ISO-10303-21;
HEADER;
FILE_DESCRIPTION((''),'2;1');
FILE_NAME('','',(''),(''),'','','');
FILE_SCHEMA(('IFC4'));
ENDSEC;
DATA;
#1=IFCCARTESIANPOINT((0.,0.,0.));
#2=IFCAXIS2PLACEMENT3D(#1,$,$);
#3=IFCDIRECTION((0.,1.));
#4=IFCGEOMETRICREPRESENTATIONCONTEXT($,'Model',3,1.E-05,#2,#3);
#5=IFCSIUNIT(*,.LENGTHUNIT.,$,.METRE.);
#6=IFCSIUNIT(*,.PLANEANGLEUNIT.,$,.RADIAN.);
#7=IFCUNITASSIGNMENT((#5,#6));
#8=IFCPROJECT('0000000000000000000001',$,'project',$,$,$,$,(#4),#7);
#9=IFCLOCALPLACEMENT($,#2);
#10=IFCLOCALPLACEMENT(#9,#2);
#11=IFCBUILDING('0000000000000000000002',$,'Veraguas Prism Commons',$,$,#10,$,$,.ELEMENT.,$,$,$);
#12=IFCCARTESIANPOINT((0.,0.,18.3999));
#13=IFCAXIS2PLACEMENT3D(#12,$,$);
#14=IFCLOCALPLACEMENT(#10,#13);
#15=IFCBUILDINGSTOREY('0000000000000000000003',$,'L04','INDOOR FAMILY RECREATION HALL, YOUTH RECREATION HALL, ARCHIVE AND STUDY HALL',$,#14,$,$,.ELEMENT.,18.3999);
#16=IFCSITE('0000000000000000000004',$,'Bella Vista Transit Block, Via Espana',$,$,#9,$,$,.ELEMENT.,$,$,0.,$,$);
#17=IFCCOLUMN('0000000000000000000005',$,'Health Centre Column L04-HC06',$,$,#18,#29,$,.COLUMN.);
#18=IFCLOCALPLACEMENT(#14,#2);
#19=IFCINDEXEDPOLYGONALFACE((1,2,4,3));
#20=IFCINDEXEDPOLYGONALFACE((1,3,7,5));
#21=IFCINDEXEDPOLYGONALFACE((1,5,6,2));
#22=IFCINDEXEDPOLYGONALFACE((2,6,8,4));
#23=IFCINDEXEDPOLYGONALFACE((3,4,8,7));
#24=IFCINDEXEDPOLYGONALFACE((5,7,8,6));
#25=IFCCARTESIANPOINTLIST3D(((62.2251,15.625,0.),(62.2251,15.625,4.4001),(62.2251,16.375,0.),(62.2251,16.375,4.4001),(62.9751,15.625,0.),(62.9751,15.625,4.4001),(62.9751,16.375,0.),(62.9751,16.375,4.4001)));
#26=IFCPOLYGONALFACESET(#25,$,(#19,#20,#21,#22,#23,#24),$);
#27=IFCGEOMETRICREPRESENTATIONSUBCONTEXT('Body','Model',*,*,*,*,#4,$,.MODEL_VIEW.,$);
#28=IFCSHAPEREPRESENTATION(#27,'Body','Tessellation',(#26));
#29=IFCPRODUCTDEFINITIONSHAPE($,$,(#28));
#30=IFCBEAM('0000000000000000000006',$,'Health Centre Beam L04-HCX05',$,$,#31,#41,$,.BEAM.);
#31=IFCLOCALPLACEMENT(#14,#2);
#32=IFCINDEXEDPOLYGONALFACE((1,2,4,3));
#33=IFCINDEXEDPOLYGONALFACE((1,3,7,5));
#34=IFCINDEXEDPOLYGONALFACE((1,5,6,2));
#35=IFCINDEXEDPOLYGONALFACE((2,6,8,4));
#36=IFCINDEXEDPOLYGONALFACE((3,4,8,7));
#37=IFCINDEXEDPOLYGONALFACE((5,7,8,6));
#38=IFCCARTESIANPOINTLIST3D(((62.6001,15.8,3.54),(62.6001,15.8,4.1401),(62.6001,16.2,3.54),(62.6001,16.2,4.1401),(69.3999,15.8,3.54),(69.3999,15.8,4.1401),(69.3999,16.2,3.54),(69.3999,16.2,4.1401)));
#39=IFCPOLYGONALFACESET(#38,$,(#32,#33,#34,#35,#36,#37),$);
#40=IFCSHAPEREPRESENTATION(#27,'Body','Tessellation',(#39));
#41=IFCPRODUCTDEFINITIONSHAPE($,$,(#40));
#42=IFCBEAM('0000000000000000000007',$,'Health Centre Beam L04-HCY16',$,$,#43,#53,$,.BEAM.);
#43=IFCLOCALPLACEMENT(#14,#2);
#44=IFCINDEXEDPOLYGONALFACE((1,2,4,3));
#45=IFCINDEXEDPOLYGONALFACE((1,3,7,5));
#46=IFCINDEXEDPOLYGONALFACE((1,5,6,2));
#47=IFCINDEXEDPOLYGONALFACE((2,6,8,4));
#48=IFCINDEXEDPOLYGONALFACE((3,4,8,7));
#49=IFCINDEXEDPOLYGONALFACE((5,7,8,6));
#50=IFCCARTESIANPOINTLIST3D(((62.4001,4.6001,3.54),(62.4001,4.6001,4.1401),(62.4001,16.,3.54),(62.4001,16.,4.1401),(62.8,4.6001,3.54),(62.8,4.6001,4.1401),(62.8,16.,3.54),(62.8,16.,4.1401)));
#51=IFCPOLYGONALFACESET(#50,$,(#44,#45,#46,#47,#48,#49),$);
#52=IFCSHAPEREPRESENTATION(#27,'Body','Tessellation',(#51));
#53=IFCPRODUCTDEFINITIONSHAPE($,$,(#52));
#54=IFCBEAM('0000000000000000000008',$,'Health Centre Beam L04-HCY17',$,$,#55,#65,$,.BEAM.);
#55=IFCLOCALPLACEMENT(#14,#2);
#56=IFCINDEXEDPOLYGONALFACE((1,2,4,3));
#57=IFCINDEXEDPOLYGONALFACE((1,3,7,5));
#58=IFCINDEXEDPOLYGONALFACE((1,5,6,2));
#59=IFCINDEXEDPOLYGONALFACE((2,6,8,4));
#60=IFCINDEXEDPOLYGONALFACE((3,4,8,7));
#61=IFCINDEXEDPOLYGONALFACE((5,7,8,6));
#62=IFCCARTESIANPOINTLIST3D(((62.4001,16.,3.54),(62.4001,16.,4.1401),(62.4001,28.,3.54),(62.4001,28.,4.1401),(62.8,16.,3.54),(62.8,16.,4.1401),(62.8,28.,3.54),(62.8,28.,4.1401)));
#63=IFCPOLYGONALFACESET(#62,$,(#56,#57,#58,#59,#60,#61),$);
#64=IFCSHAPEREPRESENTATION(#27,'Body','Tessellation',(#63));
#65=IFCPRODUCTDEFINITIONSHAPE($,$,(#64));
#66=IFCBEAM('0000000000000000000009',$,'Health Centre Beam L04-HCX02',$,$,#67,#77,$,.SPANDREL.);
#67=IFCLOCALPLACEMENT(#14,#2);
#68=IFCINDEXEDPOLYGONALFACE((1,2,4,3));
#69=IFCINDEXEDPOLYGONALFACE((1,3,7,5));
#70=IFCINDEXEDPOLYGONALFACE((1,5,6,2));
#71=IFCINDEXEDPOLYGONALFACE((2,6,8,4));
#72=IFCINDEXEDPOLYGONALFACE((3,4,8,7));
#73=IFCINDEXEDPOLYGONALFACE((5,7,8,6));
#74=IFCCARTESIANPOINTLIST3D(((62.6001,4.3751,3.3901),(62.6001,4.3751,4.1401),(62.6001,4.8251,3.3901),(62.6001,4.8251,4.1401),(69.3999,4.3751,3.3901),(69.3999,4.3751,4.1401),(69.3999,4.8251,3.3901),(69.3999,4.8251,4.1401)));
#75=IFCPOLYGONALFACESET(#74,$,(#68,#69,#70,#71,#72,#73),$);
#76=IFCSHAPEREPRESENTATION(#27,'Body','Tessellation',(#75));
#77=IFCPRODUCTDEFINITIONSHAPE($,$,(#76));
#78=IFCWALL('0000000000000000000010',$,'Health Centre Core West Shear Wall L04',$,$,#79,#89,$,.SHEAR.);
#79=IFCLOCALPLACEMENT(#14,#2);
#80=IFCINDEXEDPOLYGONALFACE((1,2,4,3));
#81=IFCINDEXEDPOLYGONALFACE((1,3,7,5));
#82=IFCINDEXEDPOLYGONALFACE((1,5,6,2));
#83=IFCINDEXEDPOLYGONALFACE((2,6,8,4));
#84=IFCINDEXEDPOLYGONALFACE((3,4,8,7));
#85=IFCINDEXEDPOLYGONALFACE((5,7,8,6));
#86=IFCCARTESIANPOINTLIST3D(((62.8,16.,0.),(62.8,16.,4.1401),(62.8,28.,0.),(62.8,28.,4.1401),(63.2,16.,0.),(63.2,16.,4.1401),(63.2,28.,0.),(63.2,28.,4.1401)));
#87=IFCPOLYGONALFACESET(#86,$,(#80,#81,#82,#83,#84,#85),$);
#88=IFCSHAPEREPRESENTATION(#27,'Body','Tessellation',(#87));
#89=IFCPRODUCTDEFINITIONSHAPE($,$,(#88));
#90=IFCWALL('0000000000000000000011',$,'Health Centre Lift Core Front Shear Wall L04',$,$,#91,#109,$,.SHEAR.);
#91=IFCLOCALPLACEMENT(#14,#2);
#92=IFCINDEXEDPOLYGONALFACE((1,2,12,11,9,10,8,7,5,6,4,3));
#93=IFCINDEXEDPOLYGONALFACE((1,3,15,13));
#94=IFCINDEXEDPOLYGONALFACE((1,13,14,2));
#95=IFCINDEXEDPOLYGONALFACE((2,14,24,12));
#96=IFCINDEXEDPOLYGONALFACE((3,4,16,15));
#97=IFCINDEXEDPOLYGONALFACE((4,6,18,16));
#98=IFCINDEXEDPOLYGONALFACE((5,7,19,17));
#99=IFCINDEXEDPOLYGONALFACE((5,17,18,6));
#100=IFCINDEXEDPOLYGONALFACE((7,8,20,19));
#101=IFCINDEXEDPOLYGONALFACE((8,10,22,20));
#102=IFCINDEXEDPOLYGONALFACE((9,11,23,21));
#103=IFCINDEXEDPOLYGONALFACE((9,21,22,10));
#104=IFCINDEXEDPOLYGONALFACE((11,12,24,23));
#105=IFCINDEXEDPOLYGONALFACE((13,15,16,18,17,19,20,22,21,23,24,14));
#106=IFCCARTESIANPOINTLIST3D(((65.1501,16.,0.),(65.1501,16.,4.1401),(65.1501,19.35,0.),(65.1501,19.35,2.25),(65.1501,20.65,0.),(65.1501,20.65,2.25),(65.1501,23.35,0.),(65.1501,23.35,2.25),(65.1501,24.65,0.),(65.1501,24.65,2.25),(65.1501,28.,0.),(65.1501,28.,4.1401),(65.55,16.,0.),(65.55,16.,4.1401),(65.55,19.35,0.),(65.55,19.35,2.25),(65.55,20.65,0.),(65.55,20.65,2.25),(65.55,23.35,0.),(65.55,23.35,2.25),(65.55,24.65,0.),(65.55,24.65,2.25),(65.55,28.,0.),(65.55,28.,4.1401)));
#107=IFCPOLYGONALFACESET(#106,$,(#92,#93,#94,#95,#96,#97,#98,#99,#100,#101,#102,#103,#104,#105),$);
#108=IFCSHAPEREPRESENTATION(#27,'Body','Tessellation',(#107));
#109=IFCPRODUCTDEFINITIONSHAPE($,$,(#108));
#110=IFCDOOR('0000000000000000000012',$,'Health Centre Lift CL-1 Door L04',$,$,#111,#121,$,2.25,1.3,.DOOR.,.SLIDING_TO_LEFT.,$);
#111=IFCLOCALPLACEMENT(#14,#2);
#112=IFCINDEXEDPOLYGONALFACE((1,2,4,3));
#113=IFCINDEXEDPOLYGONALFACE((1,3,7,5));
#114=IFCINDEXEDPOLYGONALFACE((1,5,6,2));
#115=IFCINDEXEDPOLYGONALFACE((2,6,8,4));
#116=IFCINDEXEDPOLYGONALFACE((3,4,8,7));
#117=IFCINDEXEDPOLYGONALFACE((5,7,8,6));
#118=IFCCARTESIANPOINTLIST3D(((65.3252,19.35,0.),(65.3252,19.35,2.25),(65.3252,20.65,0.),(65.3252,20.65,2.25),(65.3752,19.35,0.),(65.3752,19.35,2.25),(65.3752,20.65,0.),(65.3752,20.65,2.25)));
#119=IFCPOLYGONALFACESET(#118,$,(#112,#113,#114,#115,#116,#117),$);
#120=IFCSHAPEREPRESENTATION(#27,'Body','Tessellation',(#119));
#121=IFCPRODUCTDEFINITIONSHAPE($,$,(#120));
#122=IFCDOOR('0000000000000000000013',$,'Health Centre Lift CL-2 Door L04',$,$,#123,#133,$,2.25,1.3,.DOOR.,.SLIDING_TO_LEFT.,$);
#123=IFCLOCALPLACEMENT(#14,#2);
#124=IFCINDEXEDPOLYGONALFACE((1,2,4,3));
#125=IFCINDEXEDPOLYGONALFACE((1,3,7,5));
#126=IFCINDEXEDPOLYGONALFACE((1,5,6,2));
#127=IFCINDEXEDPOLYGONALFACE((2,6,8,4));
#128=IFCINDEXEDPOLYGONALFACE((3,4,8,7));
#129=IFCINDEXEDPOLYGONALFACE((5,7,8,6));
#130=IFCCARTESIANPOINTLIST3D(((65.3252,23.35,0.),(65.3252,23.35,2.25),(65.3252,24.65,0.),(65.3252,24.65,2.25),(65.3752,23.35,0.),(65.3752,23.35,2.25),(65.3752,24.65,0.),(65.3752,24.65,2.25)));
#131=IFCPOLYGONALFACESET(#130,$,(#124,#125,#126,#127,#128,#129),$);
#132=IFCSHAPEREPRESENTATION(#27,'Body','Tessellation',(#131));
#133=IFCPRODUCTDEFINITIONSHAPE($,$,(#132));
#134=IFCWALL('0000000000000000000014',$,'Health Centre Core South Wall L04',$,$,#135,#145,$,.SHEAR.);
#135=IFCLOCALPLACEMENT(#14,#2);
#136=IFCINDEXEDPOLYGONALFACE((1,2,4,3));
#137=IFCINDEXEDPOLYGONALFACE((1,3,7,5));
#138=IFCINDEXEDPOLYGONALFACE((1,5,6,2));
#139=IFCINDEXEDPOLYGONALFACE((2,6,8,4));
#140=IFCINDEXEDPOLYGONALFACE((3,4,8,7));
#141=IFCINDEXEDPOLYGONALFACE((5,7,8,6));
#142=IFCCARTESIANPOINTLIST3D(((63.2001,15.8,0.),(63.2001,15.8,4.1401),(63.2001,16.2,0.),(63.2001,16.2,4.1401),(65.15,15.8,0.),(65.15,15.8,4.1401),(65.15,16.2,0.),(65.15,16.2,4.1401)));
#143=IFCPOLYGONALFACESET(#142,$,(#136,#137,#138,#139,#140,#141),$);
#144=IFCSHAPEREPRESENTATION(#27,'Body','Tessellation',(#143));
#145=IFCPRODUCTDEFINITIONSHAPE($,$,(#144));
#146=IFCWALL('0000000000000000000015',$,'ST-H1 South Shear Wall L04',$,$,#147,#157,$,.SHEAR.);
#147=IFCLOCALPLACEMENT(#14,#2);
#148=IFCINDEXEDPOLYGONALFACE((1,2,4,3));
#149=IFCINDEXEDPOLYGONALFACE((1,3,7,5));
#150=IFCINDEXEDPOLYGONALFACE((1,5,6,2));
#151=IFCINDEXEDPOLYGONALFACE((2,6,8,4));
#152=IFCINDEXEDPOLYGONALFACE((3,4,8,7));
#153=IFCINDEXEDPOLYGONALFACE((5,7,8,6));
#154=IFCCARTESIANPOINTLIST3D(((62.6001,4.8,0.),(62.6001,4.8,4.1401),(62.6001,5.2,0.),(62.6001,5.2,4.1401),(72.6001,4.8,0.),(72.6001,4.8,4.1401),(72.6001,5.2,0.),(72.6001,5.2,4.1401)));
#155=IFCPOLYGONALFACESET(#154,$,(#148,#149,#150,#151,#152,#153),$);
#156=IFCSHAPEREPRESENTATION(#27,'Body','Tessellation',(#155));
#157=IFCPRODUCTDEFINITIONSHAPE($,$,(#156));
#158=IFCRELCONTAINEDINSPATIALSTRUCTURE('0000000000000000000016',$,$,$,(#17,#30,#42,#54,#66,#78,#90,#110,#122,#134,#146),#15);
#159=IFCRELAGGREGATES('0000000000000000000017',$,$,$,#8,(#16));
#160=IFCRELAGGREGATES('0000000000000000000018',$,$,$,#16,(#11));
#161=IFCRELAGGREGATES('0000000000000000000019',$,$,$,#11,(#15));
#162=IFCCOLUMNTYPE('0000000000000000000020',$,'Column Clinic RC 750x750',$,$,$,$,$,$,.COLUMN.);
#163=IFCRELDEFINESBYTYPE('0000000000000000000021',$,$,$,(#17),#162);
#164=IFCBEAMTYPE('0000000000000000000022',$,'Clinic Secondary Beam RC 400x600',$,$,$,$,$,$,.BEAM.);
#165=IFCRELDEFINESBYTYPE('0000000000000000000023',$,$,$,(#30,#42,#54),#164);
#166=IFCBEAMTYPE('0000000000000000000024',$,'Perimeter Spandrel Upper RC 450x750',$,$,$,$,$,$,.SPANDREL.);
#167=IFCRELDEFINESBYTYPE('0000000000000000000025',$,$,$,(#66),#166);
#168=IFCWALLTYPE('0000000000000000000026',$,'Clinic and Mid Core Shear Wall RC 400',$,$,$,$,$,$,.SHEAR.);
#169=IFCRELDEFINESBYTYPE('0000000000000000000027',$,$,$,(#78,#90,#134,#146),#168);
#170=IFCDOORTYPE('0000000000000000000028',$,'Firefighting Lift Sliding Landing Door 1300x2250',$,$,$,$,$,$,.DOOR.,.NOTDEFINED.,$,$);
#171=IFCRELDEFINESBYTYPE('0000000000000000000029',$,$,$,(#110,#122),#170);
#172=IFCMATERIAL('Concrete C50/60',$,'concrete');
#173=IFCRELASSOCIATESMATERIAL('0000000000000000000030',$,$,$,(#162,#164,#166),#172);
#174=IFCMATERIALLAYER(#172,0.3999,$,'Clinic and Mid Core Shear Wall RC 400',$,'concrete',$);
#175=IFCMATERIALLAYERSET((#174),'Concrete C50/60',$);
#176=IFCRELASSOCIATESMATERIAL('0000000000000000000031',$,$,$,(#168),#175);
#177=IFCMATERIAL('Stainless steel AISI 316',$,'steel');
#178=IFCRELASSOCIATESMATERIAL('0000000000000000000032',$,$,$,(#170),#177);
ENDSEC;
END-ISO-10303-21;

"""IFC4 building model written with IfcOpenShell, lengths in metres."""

from ifc_helpers import new_model, si_unit, direction, frame, frame_2d, origin, origin_2d, place, context, subcontext, project, spatial, rectangle, extrude, source, transform, mapped, material, layer, layer_set, material_profile, profile_set, type_object, element, fill, save


model = new_model("IFC4")

# Units and contexts
model_context = context("Model", 3, precision=1e-05, world=origin(), true_north=direction((0.0, 1.0)))
body_context = subcontext(model_context, "Body", "Model", "MODEL_VIEW")
ifc_project = project(units=[si_unit("LENGTHUNIT", "METRE"), si_unit("PLANEANGLEUNIT", "RADIAN")], contexts=[model_context])

# Site, building, storey
site_placement = place(None, origin())
site = spatial("IfcSite", under=ifc_project, at=site_placement, Name="Bella Vista Transit Block, Via Espana", CompositionType="ELEMENT", RefElevation=0.0)
building_placement = place(site_placement, origin())
building = spatial("IfcBuilding", under=site, at=building_placement, Name="Veraguas Prism Commons", CompositionType="ELEMENT")
storey_placement = place(building_placement, frame((0.0, 0.0, 18.3999)))
storey = spatial("IfcBuildingStorey", under=building, at=storey_placement, Name="L04", Description="INDOOR FAMILY RECREATION HALL, YOUTH RECREATION HALL, ARCHIVE AND STUDY HALL", CompositionType="ELEMENT", Elevation=18.3999)

# Column
ifc_material_1 = material(Name="Concrete C50/60", Category="concrete")
ifc_material_profile_1 = material_profile(ifc_material_1, rectangle(XDim=0.75, YDim=0.75, at=origin_2d()), Name="RC750X750")
ifc_profile_set_1 = profile_set([ifc_material_profile_1], Name="Concrete C50/60")
column_type = type_object("IfcColumnType", Name="Column Clinic RC 750x750", PredefinedType="COLUMN", material=ifc_profile_set_1)
column_placement = place(storey_placement, frame((62.6001, 16.0, 0.0), z_axis=(0.0, 0.0, 1.0), x_axis=(1.0, 0.0, 0.0)))
element("IfcColumn", 1, at=column_placement, inside=storey, type_object=column_type, Name="Health Centre Column L04-HC06", PredefinedType="COLUMN", context=body_context, shape_type="SweptSolid", body=[
    extrude(rectangle(XDim=0.75, YDim=0.75, at=origin_2d()), origin(), (0.0, 0.0, 1.0), 4.4001),
])

# Beams
ifc_material_profile_2 = material_profile(ifc_material_1, rectangle(XDim=0.3999, YDim=0.6001, at=origin_2d()), Name="RC400X600")
ifc_profile_set_2 = profile_set([ifc_material_profile_2], Name="Concrete C50/60")
beam_type_1 = type_object("IfcBeamType", Name="Clinic Secondary Beam RC 400x600", PredefinedType="BEAM", material=ifc_profile_set_2)
beam_1_placement = place(storey_placement, frame((62.6001, 16.0, 3.8401), z_axis=(1.0, 0.0, 0.0), x_axis=(0.0, 1.0, 0.0)))
element("IfcBeam", 2, at=beam_1_placement, inside=storey, type_object=beam_type_1, Name="Health Centre Beam L04-HCX05", PredefinedType="BEAM", context=body_context, shape_type="SweptSolid", body=[
    extrude(rectangle(XDim=0.3999, YDim=0.6001, at=origin_2d()), origin(), (0.0, 0.0, 1.0), 6.7998),
])
beam_2_placement = place(storey_placement, frame((62.6001, 4.6001, 3.8401), z_axis=(0.0, 1.0, 0.0), x_axis=(-1.0, 0.0, 0.0)))
element("IfcBeam", 3, at=beam_2_placement, inside=storey, type_object=beam_type_1, Name="Health Centre Beam L04-HCY16", PredefinedType="BEAM", context=body_context, shape_type="SweptSolid", body=[
    extrude(rectangle(XDim=0.3999, YDim=0.6001, at=origin_2d()), origin(), (0.0, 0.0, 1.0), 11.3999),
])
beam_3_placement = place(storey_placement, frame((62.6001, 16.0, 3.8401), z_axis=(0.0, 1.0, 0.0), x_axis=(-1.0, 0.0, 0.0)))
element("IfcBeam", 4, at=beam_3_placement, inside=storey, type_object=beam_type_1, Name="Health Centre Beam L04-HCY17", PredefinedType="BEAM", context=body_context, shape_type="SweptSolid", body=[
    extrude(rectangle(XDim=0.3999, YDim=0.6001, at=origin_2d()), origin(), (0.0, 0.0, 1.0), 12.0),
])
ifc_material_profile_3 = material_profile(ifc_material_1, rectangle(XDim=0.45, YDim=0.75, at=origin_2d()), Name="RC450X750")
ifc_profile_set_3 = profile_set([ifc_material_profile_3], Name="Concrete C50/60")
beam_type_2 = type_object("IfcBeamType", Name="Perimeter Spandrel Upper RC 450x750", PredefinedType="SPANDREL", material=ifc_profile_set_3)
beam_4_placement = place(storey_placement, frame((62.6001, 4.6001, 3.7651), z_axis=(1.0, 0.0, 0.0), x_axis=(0.0, 1.0, 0.0)))
element("IfcBeam", 5, at=beam_4_placement, inside=storey, type_object=beam_type_2, Name="Health Centre Beam L04-HCX02", PredefinedType="SPANDREL", context=body_context, shape_type="SweptSolid", body=[
    extrude(rectangle(XDim=0.45, YDim=0.75, at=origin_2d()), origin(), (0.0, 0.0, 1.0), 6.7998),
])

# Wall
ifc_layer_1 = layer(ifc_material_1, 0.3999, Name="Clinic and Mid Core Shear Wall RC 400", Category="concrete")
ifc_layer_set_1 = layer_set([ifc_layer_1], Name="Concrete C50/60")
wall_type_1 = type_object("IfcWallType", Name="Clinic and Mid Core Shear Wall RC 400", PredefinedType="SHEAR", material=ifc_layer_set_1)
wall_1_placement = place(storey_placement, frame((63.0, 16.0, 0.0), z_axis=(0.0, 0.0, 1.0), x_axis=(0.0, 1.0, 0.0)))
element("IfcWall", 6, at=wall_1_placement, inside=storey, type_object=wall_type_1, Name="Health Centre Core West Shear Wall L04", PredefinedType="SHEAR", context=body_context, shape_type="SweptSolid", body=[
    extrude(rectangle(XDim=12.0, YDim=0.3999, at=frame_2d((6.0, 0.0))), origin(), (0.0, 0.0, 1.0), 4.1401),
])

# Wall, openings, doors
wall_2_placement = place(storey_placement, frame((65.3501, 16.0, 0.0), z_axis=(0.0, 0.0, 1.0), x_axis=(0.0, 1.0, 0.0)))
wall_2 = element("IfcWall", 7, at=wall_2_placement, inside=storey, type_object=wall_type_1, Name="Health Centre Lift Core Front Shear Wall L04", PredefinedType="SHEAR", context=body_context, shape_type="SweptSolid", body=[
    extrude(rectangle(XDim=12.0, YDim=0.3999, at=frame_2d((6.0, 0.0))), origin(), (0.0, 0.0, 1.0), 4.1401),
])
opening_1_placement = place(wall_2_placement, frame((3.3501, 0.0, 0.0)))
opening_1 = element("IfcOpeningElement", 8, at=opening_1_placement, cuts=wall_2, PredefinedType="OPENING", context=body_context, shape_type="SweptSolid", body=[
    extrude(rectangle(XDim=1.3, YDim=2.25, at=frame_2d((0.6499, 1.125))), frame((0.0, 0.21, 0.0), z_axis=(0.0, -1.0, 0.0), x_axis=(1.0, 0.0, 0.0)), (0.0, 0.0, 1.0), 0.4199),
])
opening_2_placement = place(wall_2_placement, frame((7.3501, 0.0, 0.0)))
opening_2 = element("IfcOpeningElement", 9, at=opening_2_placement, cuts=wall_2, PredefinedType="OPENING", context=body_context, shape_type="SweptSolid", body=[
    extrude(rectangle(XDim=1.3, YDim=2.25, at=frame_2d((0.6499, 1.125))), frame((0.0, 0.21, 0.0), z_axis=(0.0, -1.0, 0.0), x_axis=(1.0, 0.0, 0.0)), (0.0, 0.0, 1.0), 0.4199),
])
ifc_material_2 = material(Name="Stainless steel AISI 316", Category="steel")
door_type_1 = type_object("IfcDoorType", Name="Firefighting Lift Sliding Landing Door 1300x2250", OperationType="NOTDEFINED", PredefinedType="DOOR", material=ifc_material_2)
shared_shape_1 = source(origin(), body_context, "Body", "SweptSolid", [
    extrude(rectangle(XDim=1.3, YDim=2.25, at=frame_2d((0.6499, 1.125))), frame((0.0, 0.0249, 0.0), z_axis=(0.0, -1.0, 0.0), x_axis=(1.0, 0.0, 0.0)), (0.0, 0.0, 1.0), 0.05),
])
door_1_placement = place(opening_1_placement, origin())
door_1 = element("IfcDoor", 10, at=door_1_placement, inside=storey, type_object=door_type_1, Name="Health Centre Lift CL-1 Door L04", OperationType="SLIDING_TO_LEFT", OverallHeight=2.25, OverallWidth=1.3, PredefinedType="DOOR", context=body_context, shape_type="MappedRepresentation", body=[
    mapped(shared_shape_1, transform((0.0, 0.0, 0.0), scale=1.0)),
])
fill(opening_1, door_1)
door_2_placement = place(opening_2_placement, origin())
door_2 = element("IfcDoor", 11, at=door_2_placement, inside=storey, type_object=door_type_1, Name="Health Centre Lift CL-2 Door L04", OperationType="SLIDING_TO_LEFT", OverallHeight=2.25, OverallWidth=1.3, PredefinedType="DOOR", context=body_context, shape_type="MappedRepresentation", body=[
    mapped(shared_shape_1, transform((0.0, 0.0, 0.0), scale=1.0)),
])
fill(opening_2, door_2)

# Walls
wall_3_placement = place(storey_placement, frame((63.2, 16.0, 0.0), z_axis=(0.0, 0.0, 1.0), x_axis=(1.0, 0.0, 0.0)))
element("IfcWall", 12, at=wall_3_placement, inside=storey, type_object=wall_type_1, Name="Health Centre Core South Wall L04", PredefinedType="SHEAR", context=body_context, shape_type="SweptSolid", body=[
    extrude(rectangle(XDim=1.95, YDim=0.3999, at=frame_2d((0.9751, 0.0))), origin(), (0.0, 0.0, 1.0), 4.1401),
])
wall_4_placement = place(storey_placement, frame((62.6001, 5.0, 0.0), z_axis=(0.0, 0.0, 1.0), x_axis=(1.0, 0.0, 0.0)))
element("IfcWall", 13, at=wall_4_placement, inside=storey, type_object=wall_type_1, Name="ST-H1 South Shear Wall L04", PredefinedType="SHEAR", context=body_context, shape_type="SweptSolid", body=[
    extrude(rectangle(XDim=10.0, YDim=0.3999, at=frame_2d((5.0, 0.0))), origin(), (0.0, 0.0, 1.0), 4.1401),
])

save(model, "model.ifc")
